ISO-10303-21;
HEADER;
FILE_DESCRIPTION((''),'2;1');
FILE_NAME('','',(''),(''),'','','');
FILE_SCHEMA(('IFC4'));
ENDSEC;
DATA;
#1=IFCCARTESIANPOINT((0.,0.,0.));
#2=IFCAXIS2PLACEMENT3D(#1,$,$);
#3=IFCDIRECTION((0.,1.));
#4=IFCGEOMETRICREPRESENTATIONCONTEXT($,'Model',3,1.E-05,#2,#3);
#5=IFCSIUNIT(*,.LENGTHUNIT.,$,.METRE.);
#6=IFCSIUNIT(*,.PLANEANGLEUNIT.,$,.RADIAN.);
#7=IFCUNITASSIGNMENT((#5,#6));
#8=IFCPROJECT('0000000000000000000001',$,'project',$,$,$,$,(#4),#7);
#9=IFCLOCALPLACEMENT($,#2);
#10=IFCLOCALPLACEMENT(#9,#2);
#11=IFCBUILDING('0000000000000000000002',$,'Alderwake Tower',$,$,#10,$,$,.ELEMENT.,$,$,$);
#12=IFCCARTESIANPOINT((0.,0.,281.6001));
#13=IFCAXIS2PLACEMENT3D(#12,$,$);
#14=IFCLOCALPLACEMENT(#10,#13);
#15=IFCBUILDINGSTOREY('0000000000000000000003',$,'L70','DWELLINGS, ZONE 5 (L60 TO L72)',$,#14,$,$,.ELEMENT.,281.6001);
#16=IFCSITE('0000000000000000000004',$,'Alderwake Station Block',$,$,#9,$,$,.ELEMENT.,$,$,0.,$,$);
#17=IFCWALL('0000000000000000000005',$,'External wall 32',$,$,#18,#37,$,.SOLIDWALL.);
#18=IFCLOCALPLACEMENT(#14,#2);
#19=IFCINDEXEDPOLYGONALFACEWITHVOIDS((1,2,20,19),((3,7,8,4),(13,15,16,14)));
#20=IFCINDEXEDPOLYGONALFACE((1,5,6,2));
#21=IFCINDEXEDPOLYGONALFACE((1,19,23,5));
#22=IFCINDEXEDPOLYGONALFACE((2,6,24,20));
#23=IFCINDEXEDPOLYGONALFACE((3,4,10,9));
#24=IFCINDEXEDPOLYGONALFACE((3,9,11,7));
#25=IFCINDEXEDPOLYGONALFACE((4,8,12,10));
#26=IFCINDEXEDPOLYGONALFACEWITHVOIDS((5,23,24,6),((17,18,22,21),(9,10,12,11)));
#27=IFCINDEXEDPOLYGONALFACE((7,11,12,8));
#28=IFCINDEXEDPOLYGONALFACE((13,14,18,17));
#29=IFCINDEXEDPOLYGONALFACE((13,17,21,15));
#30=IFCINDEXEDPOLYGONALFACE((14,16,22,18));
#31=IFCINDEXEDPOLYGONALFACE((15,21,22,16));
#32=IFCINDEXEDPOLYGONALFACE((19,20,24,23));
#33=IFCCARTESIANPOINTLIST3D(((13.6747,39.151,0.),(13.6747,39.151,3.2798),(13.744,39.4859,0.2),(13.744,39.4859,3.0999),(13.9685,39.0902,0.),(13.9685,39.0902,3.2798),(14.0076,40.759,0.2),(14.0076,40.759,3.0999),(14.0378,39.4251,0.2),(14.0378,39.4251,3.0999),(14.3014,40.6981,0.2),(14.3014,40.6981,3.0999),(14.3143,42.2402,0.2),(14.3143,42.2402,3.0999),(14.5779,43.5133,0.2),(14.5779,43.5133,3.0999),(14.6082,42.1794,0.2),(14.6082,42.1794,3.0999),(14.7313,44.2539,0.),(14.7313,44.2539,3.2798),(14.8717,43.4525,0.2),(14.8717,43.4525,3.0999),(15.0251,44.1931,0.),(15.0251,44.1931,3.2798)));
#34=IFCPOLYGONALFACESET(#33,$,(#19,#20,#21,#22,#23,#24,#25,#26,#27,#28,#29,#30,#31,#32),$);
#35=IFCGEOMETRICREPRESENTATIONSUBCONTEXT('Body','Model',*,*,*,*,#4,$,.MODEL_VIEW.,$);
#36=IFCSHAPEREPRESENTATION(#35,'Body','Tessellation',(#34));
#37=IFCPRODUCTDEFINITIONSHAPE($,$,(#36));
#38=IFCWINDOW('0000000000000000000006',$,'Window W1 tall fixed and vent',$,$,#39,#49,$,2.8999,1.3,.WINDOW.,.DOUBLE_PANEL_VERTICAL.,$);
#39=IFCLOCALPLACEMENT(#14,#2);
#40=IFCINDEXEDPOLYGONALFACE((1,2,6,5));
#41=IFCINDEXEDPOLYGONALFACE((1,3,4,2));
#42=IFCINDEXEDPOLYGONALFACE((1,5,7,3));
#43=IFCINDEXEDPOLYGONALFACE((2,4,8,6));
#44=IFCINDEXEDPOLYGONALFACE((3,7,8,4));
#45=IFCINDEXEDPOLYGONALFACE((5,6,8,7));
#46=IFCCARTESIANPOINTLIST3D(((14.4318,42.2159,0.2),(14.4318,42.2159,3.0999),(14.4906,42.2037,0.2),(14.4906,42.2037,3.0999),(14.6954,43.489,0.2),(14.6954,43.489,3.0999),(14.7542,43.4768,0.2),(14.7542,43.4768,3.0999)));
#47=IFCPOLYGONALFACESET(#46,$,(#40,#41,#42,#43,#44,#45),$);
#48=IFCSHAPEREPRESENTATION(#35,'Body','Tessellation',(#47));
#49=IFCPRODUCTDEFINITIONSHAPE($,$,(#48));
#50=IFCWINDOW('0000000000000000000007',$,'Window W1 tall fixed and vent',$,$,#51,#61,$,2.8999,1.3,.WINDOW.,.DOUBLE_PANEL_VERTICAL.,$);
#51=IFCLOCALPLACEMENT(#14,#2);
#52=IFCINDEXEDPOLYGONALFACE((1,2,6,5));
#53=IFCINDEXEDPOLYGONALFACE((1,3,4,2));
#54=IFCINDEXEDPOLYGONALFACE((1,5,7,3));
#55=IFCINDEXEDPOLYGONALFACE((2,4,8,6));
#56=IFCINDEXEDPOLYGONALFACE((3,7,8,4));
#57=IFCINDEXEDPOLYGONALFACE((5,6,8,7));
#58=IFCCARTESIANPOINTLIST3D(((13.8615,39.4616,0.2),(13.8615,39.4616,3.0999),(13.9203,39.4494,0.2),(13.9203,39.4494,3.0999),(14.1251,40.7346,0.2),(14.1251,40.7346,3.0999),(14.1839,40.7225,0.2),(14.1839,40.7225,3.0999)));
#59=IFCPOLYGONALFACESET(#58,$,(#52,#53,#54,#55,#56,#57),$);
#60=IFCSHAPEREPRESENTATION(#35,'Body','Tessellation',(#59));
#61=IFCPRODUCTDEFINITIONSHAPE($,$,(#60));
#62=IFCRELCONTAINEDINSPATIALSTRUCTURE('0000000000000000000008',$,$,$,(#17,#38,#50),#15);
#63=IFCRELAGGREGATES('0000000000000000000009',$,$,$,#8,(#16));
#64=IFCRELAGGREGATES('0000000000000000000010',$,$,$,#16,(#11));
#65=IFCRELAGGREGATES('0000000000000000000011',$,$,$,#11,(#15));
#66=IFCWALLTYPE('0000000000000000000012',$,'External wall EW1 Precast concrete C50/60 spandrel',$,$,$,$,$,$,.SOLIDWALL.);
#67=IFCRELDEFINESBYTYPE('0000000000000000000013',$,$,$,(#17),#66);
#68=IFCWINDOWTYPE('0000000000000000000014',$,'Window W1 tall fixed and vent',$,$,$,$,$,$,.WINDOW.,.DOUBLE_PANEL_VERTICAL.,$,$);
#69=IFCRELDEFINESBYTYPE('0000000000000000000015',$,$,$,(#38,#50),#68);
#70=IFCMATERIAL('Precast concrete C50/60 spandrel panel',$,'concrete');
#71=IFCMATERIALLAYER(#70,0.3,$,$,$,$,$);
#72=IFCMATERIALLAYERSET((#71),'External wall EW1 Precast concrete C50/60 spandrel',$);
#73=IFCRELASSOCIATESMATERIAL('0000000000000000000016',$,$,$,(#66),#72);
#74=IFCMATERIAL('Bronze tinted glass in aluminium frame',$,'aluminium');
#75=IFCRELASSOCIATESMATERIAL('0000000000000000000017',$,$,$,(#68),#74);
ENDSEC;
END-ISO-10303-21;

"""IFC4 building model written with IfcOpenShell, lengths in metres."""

from ifc_helpers import new_model, si_unit, direction, frame, frame_2d, origin, place, context, subcontext, project, spatial, rectangle, extrude, material, layer, layer_set, type_object, element, fill, save


model = new_model("IFC4")

# Units and contexts
model_context = context("Model", 3, precision=1e-05, world=origin(), true_north=direction((0.0, 1.0)))
body_context = subcontext(model_context, "Body", "Model", "MODEL_VIEW")
ifc_project = project(units=[si_unit("LENGTHUNIT", "METRE"), si_unit("PLANEANGLEUNIT", "RADIAN")], contexts=[model_context])

# Site, building, storey
site_placement = place(None, origin())
site = spatial("IfcSite", under=ifc_project, at=site_placement, Name="Alderwake Station Block", CompositionType="ELEMENT", RefElevation=0.0)
building_placement = place(site_placement, origin())
building = spatial("IfcBuilding", under=site, at=building_placement, Name="Alderwake Tower", CompositionType="ELEMENT")
storey_placement = place(building_placement, frame((0.0, 0.0, 281.6001)))
storey = spatial("IfcBuildingStorey", under=building, at=storey_placement, Name="L70", Description="DWELLINGS, ZONE 5 (L60 TO L72)", CompositionType="ELEMENT", Elevation=281.6001)

# Wall, openings, windows
ifc_material_1 = material(Name="Precast concrete C50/60 spandrel panel", Category="concrete")
ifc_layer_1 = layer(ifc_material_1, 0.3)
ifc_layer_set_1 = layer_set([ifc_layer_1], Name="External wall EW1 Precast concrete C50/60 spandrel")
wall_type_1 = type_object("IfcWallType", Name="External wall EW1 Precast concrete C50/60 spandrel", PredefinedType="SOLIDWALL", material=ifc_layer_set_1)
wall_1_placement = place(storey_placement, frame((14.8782, 44.2234, 0.0), z_axis=(0.0, 0.0, 1.0), x_axis=(-0.202761, -0.979228, 0.0)))
wall_1 = element("IfcWall", 1, at=wall_1_placement, inside=storey, type_object=wall_type_1, Name="External wall 32", PredefinedType="SOLIDWALL", context=body_context, shape_type="SweptSolid", body=[
    extrude(rectangle(XDim=5.2112, YDim=0.3, at=frame_2d((2.6055, 0.0))), origin(), (0.0, 0.0, 1.0), 3.2798),
])
opening_1_placement = place(wall_1_placement, frame((0.7563, 0.0, 0.2)))
opening_1 = element("IfcOpeningElement", 2, at=opening_1_placement, cuts=wall_1, PredefinedType="OPENING", context=body_context, shape_type="SweptSolid", body=[
    extrude(rectangle(XDim=1.3, YDim=2.8999, at=frame_2d((0.6499, 1.45))), frame((0.0, 0.1599, 0.0), z_axis=(0.0, -1.0, 0.0), x_axis=(1.0, 0.0, 0.0)), (0.0, 0.0, 1.0), 0.3201),
])
opening_2_placement = place(wall_1_placement, frame((3.5691, 0.0, 0.2)))
opening_2 = element("IfcOpeningElement", 3, at=opening_2_placement, cuts=wall_1, PredefinedType="OPENING", context=body_context, shape_type="SweptSolid", body=[
    extrude(rectangle(XDim=1.3, YDim=2.8999, at=frame_2d((0.6499, 1.45))), frame((0.0, 0.1599, 0.0), z_axis=(0.0, -1.0, 0.0), x_axis=(1.0, 0.0, 0.0)), (0.0, 0.0, 1.0), 0.3201),
])
ifc_material_2 = material(Name="Bronze tinted glass in aluminium frame", Category="aluminium")
window_type = type_object("IfcWindowType", Name="Window W1 tall fixed and vent", PartitioningType="DOUBLE_PANEL_VERTICAL", PredefinedType="WINDOW", material=ifc_material_2)
window_1_placement = place(opening_1_placement, origin())
window_1 = element("IfcWindow", 4, at=window_1_placement, inside=storey, type_object=window_type, Name="Window W1 tall fixed and vent", OverallHeight=2.8999, OverallWidth=1.3, PartitioningType="DOUBLE_PANEL_VERTICAL", PredefinedType="WINDOW", context=body_context, shape_type="SweptSolid", body=[
    extrude(rectangle(XDim=1.3, YDim=2.8999, at=frame_2d((0.6499, 1.45))), frame((0.0, 0.03, 0.0), z_axis=(0.0, -1.0, 0.0), x_axis=(1.0, 0.0, 0.0)), (0.0, 0.0, 1.0), 0.0601),
])
fill(opening_1, window_1)
window_2_placement = place(opening_2_placement, origin())
window_2 = element("IfcWindow", 5, at=window_2_placement, inside=storey, type_object=window_type, Name="Window W1 tall fixed and vent", OverallHeight=2.8999, OverallWidth=1.3, PartitioningType="DOUBLE_PANEL_VERTICAL", PredefinedType="WINDOW", context=body_context, shape_type="SweptSolid", body=[
    extrude(rectangle(XDim=1.3, YDim=2.8999, at=frame_2d((0.6499, 1.45))), frame((0.0, 0.03, 0.0), z_axis=(0.0, -1.0, 0.0), x_axis=(1.0, 0.0, 0.0)), (0.0, 0.0, 1.0), 0.0601),
])
fill(opening_2, window_2)

save(model, "model.ifc")
